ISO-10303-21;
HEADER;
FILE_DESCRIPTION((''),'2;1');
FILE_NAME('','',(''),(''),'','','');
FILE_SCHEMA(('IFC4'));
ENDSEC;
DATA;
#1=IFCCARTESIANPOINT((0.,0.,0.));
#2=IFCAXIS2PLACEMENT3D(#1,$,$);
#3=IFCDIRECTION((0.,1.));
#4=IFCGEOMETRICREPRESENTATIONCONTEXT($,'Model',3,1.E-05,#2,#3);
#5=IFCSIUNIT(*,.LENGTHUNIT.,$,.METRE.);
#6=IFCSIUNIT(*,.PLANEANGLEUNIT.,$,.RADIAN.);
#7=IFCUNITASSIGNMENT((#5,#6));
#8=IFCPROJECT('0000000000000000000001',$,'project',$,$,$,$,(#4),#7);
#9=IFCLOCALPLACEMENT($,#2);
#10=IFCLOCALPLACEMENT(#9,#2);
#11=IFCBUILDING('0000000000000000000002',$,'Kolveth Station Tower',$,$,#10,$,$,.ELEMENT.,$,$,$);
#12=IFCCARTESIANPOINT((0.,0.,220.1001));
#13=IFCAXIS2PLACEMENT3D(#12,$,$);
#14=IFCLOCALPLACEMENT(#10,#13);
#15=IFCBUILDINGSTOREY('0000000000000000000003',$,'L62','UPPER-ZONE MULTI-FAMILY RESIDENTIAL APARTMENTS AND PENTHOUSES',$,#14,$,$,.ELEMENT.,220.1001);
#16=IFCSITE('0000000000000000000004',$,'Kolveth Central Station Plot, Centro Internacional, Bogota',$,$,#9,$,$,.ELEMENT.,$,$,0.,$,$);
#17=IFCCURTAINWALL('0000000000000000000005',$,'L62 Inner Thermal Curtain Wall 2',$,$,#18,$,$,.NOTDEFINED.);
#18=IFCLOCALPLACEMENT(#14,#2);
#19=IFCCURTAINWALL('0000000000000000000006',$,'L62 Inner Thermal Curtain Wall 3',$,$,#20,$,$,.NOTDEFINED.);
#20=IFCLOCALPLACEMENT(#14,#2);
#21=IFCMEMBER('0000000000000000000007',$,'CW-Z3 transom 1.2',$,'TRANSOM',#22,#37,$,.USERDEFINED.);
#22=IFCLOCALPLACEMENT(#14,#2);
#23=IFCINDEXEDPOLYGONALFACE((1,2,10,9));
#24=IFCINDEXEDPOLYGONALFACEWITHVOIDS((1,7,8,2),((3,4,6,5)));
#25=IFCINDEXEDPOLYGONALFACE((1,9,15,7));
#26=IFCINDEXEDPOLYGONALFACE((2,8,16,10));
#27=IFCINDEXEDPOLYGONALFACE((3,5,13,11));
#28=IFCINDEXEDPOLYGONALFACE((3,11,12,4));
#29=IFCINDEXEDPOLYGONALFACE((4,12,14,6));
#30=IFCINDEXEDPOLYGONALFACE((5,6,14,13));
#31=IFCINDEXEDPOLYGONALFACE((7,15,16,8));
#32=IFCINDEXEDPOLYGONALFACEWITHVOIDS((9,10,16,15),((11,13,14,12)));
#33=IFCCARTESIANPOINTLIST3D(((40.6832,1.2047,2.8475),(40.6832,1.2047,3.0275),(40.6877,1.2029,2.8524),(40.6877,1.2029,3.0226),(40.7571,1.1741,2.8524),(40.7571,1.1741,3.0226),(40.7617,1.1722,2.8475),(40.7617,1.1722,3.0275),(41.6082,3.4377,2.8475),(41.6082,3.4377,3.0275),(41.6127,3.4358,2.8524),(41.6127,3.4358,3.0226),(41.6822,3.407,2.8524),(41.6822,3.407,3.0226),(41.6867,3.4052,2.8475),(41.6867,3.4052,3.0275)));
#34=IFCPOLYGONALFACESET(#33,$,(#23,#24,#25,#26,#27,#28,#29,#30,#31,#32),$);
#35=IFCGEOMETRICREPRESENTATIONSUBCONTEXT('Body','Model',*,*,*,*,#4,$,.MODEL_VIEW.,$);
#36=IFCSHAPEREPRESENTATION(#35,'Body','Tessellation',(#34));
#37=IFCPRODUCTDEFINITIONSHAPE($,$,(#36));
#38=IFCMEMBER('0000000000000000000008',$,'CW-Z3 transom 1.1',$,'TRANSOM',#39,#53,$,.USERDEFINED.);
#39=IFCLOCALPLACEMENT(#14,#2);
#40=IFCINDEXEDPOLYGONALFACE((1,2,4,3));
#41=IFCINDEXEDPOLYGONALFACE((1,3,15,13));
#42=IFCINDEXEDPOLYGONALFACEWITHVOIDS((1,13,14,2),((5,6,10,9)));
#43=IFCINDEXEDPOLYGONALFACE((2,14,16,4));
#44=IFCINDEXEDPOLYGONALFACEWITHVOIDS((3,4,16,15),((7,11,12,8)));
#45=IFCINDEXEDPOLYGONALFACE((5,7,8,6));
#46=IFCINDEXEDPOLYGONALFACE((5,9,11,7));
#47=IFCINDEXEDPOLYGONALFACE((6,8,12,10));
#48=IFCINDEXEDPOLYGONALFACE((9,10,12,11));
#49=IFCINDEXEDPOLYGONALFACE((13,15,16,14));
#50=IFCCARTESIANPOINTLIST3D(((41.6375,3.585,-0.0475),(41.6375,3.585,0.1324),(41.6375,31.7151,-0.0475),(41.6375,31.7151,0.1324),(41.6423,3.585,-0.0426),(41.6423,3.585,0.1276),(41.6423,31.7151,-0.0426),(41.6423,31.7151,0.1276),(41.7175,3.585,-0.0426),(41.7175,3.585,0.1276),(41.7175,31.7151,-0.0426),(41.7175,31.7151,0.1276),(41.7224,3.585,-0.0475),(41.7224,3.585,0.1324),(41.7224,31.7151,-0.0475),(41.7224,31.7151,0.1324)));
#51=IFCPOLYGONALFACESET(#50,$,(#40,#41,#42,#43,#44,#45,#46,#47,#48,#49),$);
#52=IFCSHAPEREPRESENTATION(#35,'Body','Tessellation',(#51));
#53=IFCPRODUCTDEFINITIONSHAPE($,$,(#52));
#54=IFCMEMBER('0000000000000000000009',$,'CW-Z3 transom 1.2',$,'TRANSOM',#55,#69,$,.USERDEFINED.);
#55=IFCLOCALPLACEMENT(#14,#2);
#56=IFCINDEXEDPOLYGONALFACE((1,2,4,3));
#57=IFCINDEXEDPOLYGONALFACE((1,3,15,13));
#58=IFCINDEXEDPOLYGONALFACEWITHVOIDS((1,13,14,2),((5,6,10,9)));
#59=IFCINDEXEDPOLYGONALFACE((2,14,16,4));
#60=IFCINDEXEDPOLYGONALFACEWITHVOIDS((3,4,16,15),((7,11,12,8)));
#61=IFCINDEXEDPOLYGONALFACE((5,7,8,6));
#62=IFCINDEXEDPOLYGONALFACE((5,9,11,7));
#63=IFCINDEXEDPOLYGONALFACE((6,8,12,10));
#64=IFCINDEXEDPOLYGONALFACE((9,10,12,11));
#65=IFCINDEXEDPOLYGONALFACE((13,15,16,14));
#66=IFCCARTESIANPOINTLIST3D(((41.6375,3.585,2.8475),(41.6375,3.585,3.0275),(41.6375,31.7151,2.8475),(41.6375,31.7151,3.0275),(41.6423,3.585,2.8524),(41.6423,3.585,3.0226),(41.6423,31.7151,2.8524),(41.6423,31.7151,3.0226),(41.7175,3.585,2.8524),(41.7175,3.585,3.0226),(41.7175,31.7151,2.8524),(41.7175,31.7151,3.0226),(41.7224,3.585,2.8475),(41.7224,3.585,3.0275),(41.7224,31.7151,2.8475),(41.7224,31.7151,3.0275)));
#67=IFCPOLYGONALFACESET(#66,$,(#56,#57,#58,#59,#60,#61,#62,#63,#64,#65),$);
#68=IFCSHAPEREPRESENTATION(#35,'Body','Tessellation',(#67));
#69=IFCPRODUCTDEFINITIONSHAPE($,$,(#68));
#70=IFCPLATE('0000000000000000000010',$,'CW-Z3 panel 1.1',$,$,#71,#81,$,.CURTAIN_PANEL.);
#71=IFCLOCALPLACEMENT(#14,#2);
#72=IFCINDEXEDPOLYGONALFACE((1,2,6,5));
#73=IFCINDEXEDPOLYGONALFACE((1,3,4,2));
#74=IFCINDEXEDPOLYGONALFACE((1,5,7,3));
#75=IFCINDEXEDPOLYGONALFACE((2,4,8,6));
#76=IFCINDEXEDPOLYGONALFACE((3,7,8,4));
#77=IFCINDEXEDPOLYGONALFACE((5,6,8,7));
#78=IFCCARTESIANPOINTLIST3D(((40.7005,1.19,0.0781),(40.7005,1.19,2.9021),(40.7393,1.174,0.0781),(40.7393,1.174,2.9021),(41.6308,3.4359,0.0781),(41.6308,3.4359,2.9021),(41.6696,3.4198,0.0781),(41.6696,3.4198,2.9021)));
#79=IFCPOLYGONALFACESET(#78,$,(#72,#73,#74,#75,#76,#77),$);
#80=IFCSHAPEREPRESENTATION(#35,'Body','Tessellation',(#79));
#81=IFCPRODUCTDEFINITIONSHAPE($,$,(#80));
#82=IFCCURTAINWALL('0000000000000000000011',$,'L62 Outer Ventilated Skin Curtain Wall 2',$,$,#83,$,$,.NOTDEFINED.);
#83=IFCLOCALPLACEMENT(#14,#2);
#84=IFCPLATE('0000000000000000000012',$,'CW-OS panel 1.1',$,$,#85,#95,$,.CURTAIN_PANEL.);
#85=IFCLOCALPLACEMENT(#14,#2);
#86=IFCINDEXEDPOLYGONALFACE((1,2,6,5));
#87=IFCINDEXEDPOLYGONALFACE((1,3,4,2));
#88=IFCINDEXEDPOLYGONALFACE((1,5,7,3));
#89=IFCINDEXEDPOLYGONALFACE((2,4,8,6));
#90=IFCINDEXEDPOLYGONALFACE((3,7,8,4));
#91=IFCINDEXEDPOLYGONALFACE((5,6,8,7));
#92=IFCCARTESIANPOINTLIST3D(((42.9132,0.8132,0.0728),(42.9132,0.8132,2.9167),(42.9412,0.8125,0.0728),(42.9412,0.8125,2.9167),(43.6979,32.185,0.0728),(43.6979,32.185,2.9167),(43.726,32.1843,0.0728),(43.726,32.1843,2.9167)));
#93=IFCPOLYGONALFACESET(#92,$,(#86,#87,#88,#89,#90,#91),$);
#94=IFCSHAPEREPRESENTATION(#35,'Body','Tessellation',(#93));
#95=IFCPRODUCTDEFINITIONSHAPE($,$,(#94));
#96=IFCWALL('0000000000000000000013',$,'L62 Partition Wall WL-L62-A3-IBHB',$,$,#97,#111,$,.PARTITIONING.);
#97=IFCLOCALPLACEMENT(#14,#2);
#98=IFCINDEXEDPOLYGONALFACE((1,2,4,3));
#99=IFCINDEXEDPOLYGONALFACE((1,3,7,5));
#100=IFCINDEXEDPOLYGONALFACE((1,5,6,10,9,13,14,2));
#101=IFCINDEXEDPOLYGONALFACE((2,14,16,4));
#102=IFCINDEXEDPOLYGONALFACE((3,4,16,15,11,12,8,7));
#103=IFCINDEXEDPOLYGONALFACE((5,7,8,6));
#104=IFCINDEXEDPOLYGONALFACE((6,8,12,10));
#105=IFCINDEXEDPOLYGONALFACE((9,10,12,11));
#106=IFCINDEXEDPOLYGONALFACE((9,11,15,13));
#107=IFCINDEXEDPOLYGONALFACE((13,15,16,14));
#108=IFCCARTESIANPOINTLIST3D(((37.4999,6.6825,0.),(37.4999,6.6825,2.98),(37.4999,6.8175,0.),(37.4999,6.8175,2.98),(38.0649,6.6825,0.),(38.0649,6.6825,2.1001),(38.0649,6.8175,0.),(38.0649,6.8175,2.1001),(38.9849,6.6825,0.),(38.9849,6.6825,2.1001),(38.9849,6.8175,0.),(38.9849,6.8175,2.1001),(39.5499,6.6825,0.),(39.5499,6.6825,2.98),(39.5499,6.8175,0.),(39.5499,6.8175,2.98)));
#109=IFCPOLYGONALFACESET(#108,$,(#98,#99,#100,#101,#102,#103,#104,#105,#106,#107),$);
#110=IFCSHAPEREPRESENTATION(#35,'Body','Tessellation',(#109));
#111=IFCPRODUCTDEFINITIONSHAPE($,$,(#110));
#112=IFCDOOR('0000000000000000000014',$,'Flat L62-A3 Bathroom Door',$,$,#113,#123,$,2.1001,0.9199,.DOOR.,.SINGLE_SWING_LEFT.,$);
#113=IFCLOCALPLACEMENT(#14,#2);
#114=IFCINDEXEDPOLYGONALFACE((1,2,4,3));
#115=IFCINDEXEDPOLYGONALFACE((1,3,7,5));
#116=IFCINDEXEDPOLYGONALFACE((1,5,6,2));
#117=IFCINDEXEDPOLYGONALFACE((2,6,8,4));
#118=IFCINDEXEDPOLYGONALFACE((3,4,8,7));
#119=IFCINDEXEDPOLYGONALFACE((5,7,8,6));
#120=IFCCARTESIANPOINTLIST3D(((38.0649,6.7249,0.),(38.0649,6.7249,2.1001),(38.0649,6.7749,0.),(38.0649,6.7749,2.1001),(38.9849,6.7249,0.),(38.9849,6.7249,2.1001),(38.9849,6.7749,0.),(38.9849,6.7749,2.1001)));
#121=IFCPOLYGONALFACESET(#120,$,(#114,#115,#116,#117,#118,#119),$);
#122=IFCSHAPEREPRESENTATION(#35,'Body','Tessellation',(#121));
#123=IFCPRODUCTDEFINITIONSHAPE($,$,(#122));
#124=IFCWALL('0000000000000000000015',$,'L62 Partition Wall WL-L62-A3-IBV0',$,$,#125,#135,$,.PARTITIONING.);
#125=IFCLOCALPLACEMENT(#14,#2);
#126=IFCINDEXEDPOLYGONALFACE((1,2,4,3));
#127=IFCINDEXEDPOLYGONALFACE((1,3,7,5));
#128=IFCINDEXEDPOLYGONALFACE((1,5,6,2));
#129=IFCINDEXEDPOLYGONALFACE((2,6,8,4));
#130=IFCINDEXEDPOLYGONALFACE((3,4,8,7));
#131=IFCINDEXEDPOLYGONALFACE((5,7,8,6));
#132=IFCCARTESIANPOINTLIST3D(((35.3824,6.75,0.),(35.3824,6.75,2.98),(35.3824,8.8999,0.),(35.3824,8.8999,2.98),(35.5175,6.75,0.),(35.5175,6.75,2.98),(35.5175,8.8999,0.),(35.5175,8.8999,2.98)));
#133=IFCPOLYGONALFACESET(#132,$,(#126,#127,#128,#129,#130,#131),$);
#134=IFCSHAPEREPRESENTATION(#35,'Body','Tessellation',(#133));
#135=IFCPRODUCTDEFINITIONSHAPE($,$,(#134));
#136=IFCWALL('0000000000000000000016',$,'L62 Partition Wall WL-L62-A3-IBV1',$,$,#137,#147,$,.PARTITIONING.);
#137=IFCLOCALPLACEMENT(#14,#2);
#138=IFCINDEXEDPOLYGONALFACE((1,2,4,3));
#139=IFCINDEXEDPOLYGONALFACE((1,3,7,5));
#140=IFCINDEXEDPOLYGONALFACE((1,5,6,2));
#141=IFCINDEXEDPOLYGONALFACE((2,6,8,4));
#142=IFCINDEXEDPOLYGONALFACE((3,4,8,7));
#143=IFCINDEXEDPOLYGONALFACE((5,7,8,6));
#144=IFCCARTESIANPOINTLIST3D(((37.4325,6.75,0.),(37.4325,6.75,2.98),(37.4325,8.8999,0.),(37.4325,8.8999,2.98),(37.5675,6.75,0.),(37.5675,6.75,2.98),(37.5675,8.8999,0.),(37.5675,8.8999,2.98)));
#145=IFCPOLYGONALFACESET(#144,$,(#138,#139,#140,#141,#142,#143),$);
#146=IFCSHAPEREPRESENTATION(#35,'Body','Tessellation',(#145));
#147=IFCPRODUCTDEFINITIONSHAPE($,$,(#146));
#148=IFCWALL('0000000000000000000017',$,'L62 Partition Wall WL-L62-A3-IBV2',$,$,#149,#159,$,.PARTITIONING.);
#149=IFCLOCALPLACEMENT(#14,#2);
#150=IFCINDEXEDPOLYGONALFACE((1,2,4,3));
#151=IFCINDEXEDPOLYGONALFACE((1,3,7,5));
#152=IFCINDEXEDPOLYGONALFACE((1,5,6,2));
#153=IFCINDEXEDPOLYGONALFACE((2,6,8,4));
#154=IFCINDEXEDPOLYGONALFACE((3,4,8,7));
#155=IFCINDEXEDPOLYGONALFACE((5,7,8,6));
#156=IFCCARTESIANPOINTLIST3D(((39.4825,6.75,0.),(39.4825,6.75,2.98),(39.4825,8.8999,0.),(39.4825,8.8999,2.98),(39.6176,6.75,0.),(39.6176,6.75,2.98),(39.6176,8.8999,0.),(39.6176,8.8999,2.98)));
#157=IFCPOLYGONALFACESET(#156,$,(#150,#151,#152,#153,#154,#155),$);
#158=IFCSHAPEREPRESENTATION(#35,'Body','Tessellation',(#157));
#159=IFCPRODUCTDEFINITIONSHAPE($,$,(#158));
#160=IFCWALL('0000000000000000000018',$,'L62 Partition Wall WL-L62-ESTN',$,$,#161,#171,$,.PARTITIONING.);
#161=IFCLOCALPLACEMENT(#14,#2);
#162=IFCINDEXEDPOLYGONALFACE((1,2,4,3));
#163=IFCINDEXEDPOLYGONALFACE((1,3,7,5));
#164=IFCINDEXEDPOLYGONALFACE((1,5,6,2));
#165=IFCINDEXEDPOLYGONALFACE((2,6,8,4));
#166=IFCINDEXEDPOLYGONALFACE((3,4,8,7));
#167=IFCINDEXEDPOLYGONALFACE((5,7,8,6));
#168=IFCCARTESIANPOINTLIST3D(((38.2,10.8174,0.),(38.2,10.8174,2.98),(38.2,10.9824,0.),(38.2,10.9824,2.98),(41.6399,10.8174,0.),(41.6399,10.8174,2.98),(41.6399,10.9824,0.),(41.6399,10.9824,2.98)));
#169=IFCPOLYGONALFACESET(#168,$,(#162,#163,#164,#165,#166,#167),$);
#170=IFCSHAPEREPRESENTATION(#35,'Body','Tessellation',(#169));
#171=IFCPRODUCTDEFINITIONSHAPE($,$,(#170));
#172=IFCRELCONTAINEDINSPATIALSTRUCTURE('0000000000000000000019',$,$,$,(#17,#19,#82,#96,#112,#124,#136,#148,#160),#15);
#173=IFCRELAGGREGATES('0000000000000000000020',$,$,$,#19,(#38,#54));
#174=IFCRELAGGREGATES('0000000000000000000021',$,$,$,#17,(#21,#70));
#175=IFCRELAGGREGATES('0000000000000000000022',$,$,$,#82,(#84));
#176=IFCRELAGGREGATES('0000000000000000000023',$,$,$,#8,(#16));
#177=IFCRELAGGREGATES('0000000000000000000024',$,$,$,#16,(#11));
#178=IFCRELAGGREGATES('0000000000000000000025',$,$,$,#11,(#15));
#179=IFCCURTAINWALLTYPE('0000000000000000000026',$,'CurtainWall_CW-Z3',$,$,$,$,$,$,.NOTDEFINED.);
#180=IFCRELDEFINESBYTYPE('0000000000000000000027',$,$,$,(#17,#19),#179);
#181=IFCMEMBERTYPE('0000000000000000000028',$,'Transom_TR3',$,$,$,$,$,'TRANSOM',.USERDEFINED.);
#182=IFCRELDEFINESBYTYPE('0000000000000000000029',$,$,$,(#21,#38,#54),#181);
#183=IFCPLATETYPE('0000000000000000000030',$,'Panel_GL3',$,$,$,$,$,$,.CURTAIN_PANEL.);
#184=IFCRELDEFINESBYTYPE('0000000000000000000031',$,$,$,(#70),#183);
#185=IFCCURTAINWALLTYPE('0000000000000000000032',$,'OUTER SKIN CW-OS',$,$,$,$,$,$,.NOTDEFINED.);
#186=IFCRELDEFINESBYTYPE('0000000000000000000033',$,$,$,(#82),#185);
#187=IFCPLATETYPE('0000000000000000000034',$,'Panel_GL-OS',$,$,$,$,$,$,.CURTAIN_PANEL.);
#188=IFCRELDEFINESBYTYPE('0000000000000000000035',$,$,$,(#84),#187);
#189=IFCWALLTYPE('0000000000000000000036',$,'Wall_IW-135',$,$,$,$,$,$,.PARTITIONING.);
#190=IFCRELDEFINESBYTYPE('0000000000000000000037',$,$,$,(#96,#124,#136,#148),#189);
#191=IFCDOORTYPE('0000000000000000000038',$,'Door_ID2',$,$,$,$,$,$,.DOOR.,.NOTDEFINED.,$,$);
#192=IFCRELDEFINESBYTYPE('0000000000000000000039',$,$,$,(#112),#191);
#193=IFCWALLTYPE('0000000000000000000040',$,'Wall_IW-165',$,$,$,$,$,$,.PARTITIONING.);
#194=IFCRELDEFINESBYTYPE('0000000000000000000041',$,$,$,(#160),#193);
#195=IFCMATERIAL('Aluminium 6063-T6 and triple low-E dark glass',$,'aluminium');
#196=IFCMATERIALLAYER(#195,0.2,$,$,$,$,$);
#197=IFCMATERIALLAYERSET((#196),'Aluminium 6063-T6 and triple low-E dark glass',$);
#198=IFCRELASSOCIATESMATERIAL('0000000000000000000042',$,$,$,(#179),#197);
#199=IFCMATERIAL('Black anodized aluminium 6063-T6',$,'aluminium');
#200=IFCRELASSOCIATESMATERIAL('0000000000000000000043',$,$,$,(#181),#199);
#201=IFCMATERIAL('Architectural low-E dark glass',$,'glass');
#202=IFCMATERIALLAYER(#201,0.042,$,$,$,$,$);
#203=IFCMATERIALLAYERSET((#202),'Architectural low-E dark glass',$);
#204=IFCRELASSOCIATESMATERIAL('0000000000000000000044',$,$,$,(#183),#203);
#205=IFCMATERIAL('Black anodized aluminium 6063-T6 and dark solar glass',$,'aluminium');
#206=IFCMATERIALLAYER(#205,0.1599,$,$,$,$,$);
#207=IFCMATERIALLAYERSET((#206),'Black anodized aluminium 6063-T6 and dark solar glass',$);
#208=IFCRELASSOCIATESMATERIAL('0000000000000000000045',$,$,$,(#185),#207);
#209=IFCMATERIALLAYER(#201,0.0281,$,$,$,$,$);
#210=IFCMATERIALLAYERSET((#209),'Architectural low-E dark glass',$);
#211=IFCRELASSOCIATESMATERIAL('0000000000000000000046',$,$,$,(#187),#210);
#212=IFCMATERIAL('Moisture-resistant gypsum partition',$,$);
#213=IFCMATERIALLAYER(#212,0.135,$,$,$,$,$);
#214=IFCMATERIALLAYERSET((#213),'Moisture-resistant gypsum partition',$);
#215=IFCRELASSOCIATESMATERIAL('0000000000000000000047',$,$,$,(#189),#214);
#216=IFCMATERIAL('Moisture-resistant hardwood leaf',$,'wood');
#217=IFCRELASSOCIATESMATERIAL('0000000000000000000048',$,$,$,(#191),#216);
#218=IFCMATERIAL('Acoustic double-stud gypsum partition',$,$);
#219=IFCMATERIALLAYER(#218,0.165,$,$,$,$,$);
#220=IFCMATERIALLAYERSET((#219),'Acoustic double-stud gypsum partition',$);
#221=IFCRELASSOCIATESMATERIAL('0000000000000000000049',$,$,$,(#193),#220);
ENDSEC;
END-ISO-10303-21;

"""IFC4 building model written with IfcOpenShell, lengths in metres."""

from ifc_helpers import new_model, si_unit, direction, frame, frame_2d, origin, origin_2d, place, context, subcontext, project, spatial, rectangle, hollow_rectangle, extrude, source, transform, mapped, material, layer, layer_set, material_profile, profile_set, type_object, element, fill, aggregate, save


model = new_model("IFC4")

# Units and contexts
model_context = context("Model", 3, precision=1e-05, world=origin(), true_north=direction((0.0, 1.0)))
body_context = subcontext(model_context, "Body", "Model", "MODEL_VIEW")
ifc_project = project(units=[si_unit("LENGTHUNIT", "METRE"), si_unit("PLANEANGLEUNIT", "RADIAN")], contexts=[model_context])

# Site, building, storey
site_placement = place(None, origin())
site = spatial("IfcSite", under=ifc_project, at=site_placement, Name="Kolveth Central Station Plot, Centro Internacional, Bogota", CompositionType="ELEMENT", RefElevation=0.0)
building_placement = place(site_placement, origin())
building = spatial("IfcBuilding", under=site, at=building_placement, Name="Kolveth Station Tower", CompositionType="ELEMENT")
storey_placement = place(building_placement, frame((0.0, 0.0, 220.1001)))
storey = spatial("IfcBuildingStorey", under=building, at=storey_placement, Name="L62", Description="UPPER-ZONE MULTI-FAMILY RESIDENTIAL APARTMENTS AND PENTHOUSES", CompositionType="ELEMENT", Elevation=220.1001)

# Curtain wall
ifc_material_1 = material(Name="Aluminium 6063-T6 and triple low-E dark glass", Category="aluminium")
ifc_layer_1 = layer(ifc_material_1, 0.2)
ifc_layer_set_1 = layer_set([ifc_layer_1], Name="Aluminium 6063-T6 and triple low-E dark glass")
curtain_wall_type_1 = type_object("IfcCurtainWallType", Name="CurtainWall_CW-Z3", PredefinedType="NOTDEFINED", material=ifc_layer_set_1)
curtain_wall_1_placement = place(storey_placement, origin())
curtain_wall_1 = element("IfcCurtainWall", 1, at=curtain_wall_1_placement, inside=storey, type_object=curtain_wall_type_1, Name="L62 Inner Thermal Curtain Wall 2", PredefinedType="NOTDEFINED")
ifc_material_2 = material(Name="Black anodized aluminium 6063-T6", Category="aluminium")

# Curtain wall
curtain_wall_2_placement = place(storey_placement, origin())
curtain_wall_2 = element("IfcCurtainWall", 2, at=curtain_wall_2_placement, inside=storey, type_object=curtain_wall_type_1, Name="L62 Inner Thermal Curtain Wall 3", PredefinedType="NOTDEFINED")

# Members
ifc_material_profile_1 = material_profile(ifc_material_2, hollow_rectangle(XDim=0.085, YDim=0.1799, WallThickness=0.0049, at=origin_2d()), Name="ALU-85x180x5")
ifc_profile_set_1 = profile_set([ifc_material_profile_1], Name="Black anodized aluminium 6063-T6")
member_type_1 = type_object("IfcMemberType", Name="Transom_TR3", ElementType="TRANSOM", PredefinedType="USERDEFINED", material=ifc_profile_set_1)
shared_shape_1 = source(origin(), body_context, "Body", "SweptSolid", [
    extrude(hollow_rectangle(XDim=0.085, YDim=0.1799, WallThickness=0.0049, at=origin_2d()), origin(), (0.0, 0.0, 1.0), 2.417),
])
member_1_placement = place(storey_placement, frame((40.7224, 1.1885, 2.9375), z_axis=(0.382735, 0.923858, 0.0), x_axis=(-0.923858, 0.382735, 0.0)))
member_1 = element("IfcMember", 3, at=member_1_placement, type_object=member_type_1, Name="CW-Z3 transom 1.2", ObjectType="TRANSOM", PredefinedType="USERDEFINED", context=body_context, shape_type="MappedRepresentation", body=[
    mapped(shared_shape_1, transform((0.0, 0.0, 0.0), x_axis=(1.0, 0.0, 0.0), y_axis=(0.0, 1.0, 0.0), z_axis=(0.0, 0.0, 1.0), scale=1.0)),
])
shared_shape_2 = source(origin(), body_context, "Body", "SweptSolid", [
    extrude(hollow_rectangle(XDim=0.085, YDim=0.1799, WallThickness=0.0049, at=origin_2d()), origin(), (0.0, 0.0, 1.0), 28.1301),
])
member_2_placement = place(storey_placement, frame((41.6799, 3.585, 0.0425), z_axis=(0.0, 1.0, 0.0), x_axis=(-1.0, 0.0, 0.0)))
member_2 = element("IfcMember", 4, at=member_2_placement, type_object=member_type_1, Name="CW-Z3 transom 1.1", ObjectType="TRANSOM", PredefinedType="USERDEFINED", context=body_context, shape_type="MappedRepresentation", body=[
    mapped(shared_shape_2, transform((0.0, 0.0, 0.0), x_axis=(1.0, 0.0, 0.0), y_axis=(0.0, 1.0, 0.0), z_axis=(0.0, 0.0, 1.0), scale=1.0)),
])
member_3_placement = place(storey_placement, frame((41.6799, 3.585, 2.9375), z_axis=(0.0, 1.0, 0.0), x_axis=(-1.0, 0.0, 0.0)))
member_3 = element("IfcMember", 5, at=member_3_placement, type_object=member_type_1, Name="CW-Z3 transom 1.2", ObjectType="TRANSOM", PredefinedType="USERDEFINED", context=body_context, shape_type="MappedRepresentation", body=[
    mapped(shared_shape_2, transform((0.0, 0.0, 0.0), x_axis=(1.0, 0.0, 0.0), y_axis=(0.0, 1.0, 0.0), z_axis=(0.0, 0.0, 1.0), scale=1.0)),
])
aggregate(curtain_wall_2, [member_2, member_3])

# Plate
ifc_material_3 = material(Name="Architectural low-E dark glass", Category="glass")
ifc_layer_2 = layer(ifc_material_3, 0.042)
ifc_layer_set_2 = layer_set([ifc_layer_2], Name="Architectural low-E dark glass")
plate_type_1 = type_object("IfcPlateType", Name="Panel_GL3", PredefinedType="CURTAIN_PANEL", material=ifc_layer_set_2)
shared_shape_3 = source(origin(), body_context, "Body", "SweptSolid", [
    extrude(rectangle(XDim=2.4309, YDim=0.042, at=origin_2d()), origin(), (0.0, 0.0, 1.0), 2.824),
])
plate_1_placement = place(storey_placement, frame((41.1851, 2.3049, 0.0781), z_axis=(0.0, 0.0, 1.0), x_axis=(0.382693, 0.923875, 0.0)))
plate_1 = element("IfcPlate", 6, at=plate_1_placement, type_object=plate_type_1, Name="CW-Z3 panel 1.1", PredefinedType="CURTAIN_PANEL", context=body_context, shape_type="MappedRepresentation", body=[
    mapped(shared_shape_3, transform((0.0, 0.0, 0.0), x_axis=(1.0, 0.0, 0.0), y_axis=(0.0, 1.0, 0.0), z_axis=(0.0, 0.0, 1.0), scale=1.0)),
])
aggregate(curtain_wall_1, [member_1, plate_1])

# Curtain wall, plate
ifc_material_4 = material(Name="Black anodized aluminium 6063-T6 and dark solar glass", Category="aluminium")
ifc_layer_3 = layer(ifc_material_4, 0.1599)
ifc_layer_set_3 = layer_set([ifc_layer_3], Name="Black anodized aluminium 6063-T6 and dark solar glass")
curtain_wall_type_2 = type_object("IfcCurtainWallType", Name="OUTER SKIN CW-OS", PredefinedType="NOTDEFINED", material=ifc_layer_set_3)
curtain_wall_3_placement = place(storey_placement, origin())
curtain_wall_3 = element("IfcCurtainWall", 7, at=curtain_wall_3_placement, inside=storey, type_object=curtain_wall_type_2, Name="L62 Outer Ventilated Skin Curtain Wall 2", PredefinedType="NOTDEFINED")
ifc_layer_4 = layer(ifc_material_3, 0.0281)
ifc_layer_set_4 = layer_set([ifc_layer_4], Name="Architectural low-E dark glass")
plate_type_2 = type_object("IfcPlateType", Name="Panel_GL-OS", PredefinedType="CURTAIN_PANEL", material=ifc_layer_set_4)
shared_shape_4 = source(origin(), body_context, "Body", "SweptSolid", [
    extrude(rectangle(XDim=31.3816, YDim=0.0281, at=origin_2d()), origin(), (0.0, 0.0, 1.0), 2.844),
])
plate_2_placement = place(storey_placement, frame((43.3196, 16.4988, 0.0728), z_axis=(0.0, 0.0, 1.0), x_axis=(0.025007, 0.999687, 0.0)))
plate_2 = element("IfcPlate", 8, at=plate_2_placement, type_object=plate_type_2, Name="CW-OS panel 1.1", PredefinedType="CURTAIN_PANEL", context=body_context, shape_type="MappedRepresentation", body=[
    mapped(shared_shape_4, transform((0.0, 0.0, 0.0), x_axis=(1.0, 0.0, 0.0), y_axis=(0.0, 1.0, 0.0), z_axis=(0.0, 0.0, 1.0), scale=1.0)),
])
aggregate(curtain_wall_3, [plate_2])

# Wall, opening, door
ifc_material_5 = material(Name="Moisture-resistant gypsum partition")
ifc_layer_5 = layer(ifc_material_5, 0.135)
ifc_layer_set_5 = layer_set([ifc_layer_5], Name="Moisture-resistant gypsum partition")
wall_type_1 = type_object("IfcWallType", Name="Wall_IW-135", PredefinedType="PARTITIONING", material=ifc_layer_set_5)
wall_1_placement = place(storey_placement, frame((37.5, 6.75, 0.0), z_axis=(0.0, 0.0, 1.0), x_axis=(1.0, 0.0, 0.0)))
wall_1 = element("IfcWall", 9, at=wall_1_placement, inside=storey, type_object=wall_type_1, Name="L62 Partition Wall WL-L62-A3-IBHB", PredefinedType="PARTITIONING", context=body_context, shape_type="SweptSolid", body=[
    extrude(rectangle(XDim=2.05, YDim=0.135, at=frame_2d((1.0249, 0.0))), origin(), (0.0, 0.0, 1.0), 2.98),
])
opening_1_placement = place(wall_1_placement, frame((0.5649, 0.0, 0.0)))
opening_1 = element("IfcOpeningElement", 10, at=opening_1_placement, cuts=wall_1, PredefinedType="OPENING", context=body_context, shape_type="SweptSolid", body=[
    extrude(rectangle(XDim=0.9199, YDim=2.1001, at=frame_2d((0.46, 1.05))), frame((0.0, 0.0774, 0.0), z_axis=(0.0, -1.0, 0.0), x_axis=(1.0, 0.0, 0.0)), (0.0, 0.0, 1.0), 0.155),
])
ifc_material_6 = material(Name="Moisture-resistant hardwood leaf", Category="wood")
door_type_1 = type_object("IfcDoorType", Name="Door_ID2", OperationType="NOTDEFINED", PredefinedType="DOOR", material=ifc_material_6)
door_1_placement = place(opening_1_placement, origin())
door_1 = element("IfcDoor", 11, at=door_1_placement, inside=storey, type_object=door_type_1, Name="Flat L62-A3 Bathroom Door", OperationType="SINGLE_SWING_LEFT", OverallHeight=2.1001, OverallWidth=0.9199, PredefinedType="DOOR", context=body_context, shape_type="SweptSolid", body=[
    extrude(rectangle(XDim=0.9199, YDim=2.1001, at=frame_2d((0.46, 1.05))), frame((0.0, 0.0249, 0.0), z_axis=(0.0, -1.0, 0.0), x_axis=(1.0, 0.0, 0.0)), (0.0, 0.0, 1.0), 0.05),
])
fill(opening_1, door_1)

# Walls
for number, where, z_axis, x_axis, name in (
    (12, (35.45, 6.75, 0.0), (0.0, 0.0, 1.0), (0.0, 1.0, 0.0), "L62 Partition Wall WL-L62-A3-IBV0"),
    (13, (37.5, 6.75, 0.0), (0.0, 0.0, 1.0), (0.0, 1.0, 0.0), "L62 Partition Wall WL-L62-A3-IBV1"),
    (14, (39.55, 6.75, 0.0), (0.0, 0.0, 1.0), (0.0, 1.0, 0.0), "L62 Partition Wall WL-L62-A3-IBV2"),
):
    element("IfcWall", number, at=place(storey_placement, frame(where, z_axis=z_axis, x_axis=x_axis)), inside=storey, type_object=wall_type_1, Name=name, PredefinedType="PARTITIONING", context=body_context, shape_type="SweptSolid", body=[
        extrude(rectangle(XDim=2.1499, YDim=0.135, at=frame_2d((1.075, 0.0))), origin(), (0.0, 0.0, 1.0), 2.98),
    ])

# Shared definitions
ifc_material_7 = material(Name="Acoustic double-stud gypsum partition")
ifc_layer_6 = layer(ifc_material_7, 0.165)
ifc_layer_set_6 = layer_set([ifc_layer_6], Name="Acoustic double-stud gypsum partition")
wall_type_2 = type_object("IfcWallType", Name="Wall_IW-165", PredefinedType="PARTITIONING", material=ifc_layer_set_6)

# Wall
wall_2_placement = place(storey_placement, frame((38.2, 10.8999, 0.0), z_axis=(0.0, 0.0, 1.0), x_axis=(1.0, 0.0, 0.0)))
element("IfcWall", 15, at=wall_2_placement, inside=storey, type_object=wall_type_2, Name="L62 Partition Wall WL-L62-ESTN", PredefinedType="PARTITIONING", context=body_context, shape_type="SweptSolid", body=[
    extrude(rectangle(XDim=3.4399, YDim=0.165, at=frame_2d((1.72, 0.0))), origin(), (0.0, 0.0, 1.0), 2.98),
])

save(model, "model.ifc")
